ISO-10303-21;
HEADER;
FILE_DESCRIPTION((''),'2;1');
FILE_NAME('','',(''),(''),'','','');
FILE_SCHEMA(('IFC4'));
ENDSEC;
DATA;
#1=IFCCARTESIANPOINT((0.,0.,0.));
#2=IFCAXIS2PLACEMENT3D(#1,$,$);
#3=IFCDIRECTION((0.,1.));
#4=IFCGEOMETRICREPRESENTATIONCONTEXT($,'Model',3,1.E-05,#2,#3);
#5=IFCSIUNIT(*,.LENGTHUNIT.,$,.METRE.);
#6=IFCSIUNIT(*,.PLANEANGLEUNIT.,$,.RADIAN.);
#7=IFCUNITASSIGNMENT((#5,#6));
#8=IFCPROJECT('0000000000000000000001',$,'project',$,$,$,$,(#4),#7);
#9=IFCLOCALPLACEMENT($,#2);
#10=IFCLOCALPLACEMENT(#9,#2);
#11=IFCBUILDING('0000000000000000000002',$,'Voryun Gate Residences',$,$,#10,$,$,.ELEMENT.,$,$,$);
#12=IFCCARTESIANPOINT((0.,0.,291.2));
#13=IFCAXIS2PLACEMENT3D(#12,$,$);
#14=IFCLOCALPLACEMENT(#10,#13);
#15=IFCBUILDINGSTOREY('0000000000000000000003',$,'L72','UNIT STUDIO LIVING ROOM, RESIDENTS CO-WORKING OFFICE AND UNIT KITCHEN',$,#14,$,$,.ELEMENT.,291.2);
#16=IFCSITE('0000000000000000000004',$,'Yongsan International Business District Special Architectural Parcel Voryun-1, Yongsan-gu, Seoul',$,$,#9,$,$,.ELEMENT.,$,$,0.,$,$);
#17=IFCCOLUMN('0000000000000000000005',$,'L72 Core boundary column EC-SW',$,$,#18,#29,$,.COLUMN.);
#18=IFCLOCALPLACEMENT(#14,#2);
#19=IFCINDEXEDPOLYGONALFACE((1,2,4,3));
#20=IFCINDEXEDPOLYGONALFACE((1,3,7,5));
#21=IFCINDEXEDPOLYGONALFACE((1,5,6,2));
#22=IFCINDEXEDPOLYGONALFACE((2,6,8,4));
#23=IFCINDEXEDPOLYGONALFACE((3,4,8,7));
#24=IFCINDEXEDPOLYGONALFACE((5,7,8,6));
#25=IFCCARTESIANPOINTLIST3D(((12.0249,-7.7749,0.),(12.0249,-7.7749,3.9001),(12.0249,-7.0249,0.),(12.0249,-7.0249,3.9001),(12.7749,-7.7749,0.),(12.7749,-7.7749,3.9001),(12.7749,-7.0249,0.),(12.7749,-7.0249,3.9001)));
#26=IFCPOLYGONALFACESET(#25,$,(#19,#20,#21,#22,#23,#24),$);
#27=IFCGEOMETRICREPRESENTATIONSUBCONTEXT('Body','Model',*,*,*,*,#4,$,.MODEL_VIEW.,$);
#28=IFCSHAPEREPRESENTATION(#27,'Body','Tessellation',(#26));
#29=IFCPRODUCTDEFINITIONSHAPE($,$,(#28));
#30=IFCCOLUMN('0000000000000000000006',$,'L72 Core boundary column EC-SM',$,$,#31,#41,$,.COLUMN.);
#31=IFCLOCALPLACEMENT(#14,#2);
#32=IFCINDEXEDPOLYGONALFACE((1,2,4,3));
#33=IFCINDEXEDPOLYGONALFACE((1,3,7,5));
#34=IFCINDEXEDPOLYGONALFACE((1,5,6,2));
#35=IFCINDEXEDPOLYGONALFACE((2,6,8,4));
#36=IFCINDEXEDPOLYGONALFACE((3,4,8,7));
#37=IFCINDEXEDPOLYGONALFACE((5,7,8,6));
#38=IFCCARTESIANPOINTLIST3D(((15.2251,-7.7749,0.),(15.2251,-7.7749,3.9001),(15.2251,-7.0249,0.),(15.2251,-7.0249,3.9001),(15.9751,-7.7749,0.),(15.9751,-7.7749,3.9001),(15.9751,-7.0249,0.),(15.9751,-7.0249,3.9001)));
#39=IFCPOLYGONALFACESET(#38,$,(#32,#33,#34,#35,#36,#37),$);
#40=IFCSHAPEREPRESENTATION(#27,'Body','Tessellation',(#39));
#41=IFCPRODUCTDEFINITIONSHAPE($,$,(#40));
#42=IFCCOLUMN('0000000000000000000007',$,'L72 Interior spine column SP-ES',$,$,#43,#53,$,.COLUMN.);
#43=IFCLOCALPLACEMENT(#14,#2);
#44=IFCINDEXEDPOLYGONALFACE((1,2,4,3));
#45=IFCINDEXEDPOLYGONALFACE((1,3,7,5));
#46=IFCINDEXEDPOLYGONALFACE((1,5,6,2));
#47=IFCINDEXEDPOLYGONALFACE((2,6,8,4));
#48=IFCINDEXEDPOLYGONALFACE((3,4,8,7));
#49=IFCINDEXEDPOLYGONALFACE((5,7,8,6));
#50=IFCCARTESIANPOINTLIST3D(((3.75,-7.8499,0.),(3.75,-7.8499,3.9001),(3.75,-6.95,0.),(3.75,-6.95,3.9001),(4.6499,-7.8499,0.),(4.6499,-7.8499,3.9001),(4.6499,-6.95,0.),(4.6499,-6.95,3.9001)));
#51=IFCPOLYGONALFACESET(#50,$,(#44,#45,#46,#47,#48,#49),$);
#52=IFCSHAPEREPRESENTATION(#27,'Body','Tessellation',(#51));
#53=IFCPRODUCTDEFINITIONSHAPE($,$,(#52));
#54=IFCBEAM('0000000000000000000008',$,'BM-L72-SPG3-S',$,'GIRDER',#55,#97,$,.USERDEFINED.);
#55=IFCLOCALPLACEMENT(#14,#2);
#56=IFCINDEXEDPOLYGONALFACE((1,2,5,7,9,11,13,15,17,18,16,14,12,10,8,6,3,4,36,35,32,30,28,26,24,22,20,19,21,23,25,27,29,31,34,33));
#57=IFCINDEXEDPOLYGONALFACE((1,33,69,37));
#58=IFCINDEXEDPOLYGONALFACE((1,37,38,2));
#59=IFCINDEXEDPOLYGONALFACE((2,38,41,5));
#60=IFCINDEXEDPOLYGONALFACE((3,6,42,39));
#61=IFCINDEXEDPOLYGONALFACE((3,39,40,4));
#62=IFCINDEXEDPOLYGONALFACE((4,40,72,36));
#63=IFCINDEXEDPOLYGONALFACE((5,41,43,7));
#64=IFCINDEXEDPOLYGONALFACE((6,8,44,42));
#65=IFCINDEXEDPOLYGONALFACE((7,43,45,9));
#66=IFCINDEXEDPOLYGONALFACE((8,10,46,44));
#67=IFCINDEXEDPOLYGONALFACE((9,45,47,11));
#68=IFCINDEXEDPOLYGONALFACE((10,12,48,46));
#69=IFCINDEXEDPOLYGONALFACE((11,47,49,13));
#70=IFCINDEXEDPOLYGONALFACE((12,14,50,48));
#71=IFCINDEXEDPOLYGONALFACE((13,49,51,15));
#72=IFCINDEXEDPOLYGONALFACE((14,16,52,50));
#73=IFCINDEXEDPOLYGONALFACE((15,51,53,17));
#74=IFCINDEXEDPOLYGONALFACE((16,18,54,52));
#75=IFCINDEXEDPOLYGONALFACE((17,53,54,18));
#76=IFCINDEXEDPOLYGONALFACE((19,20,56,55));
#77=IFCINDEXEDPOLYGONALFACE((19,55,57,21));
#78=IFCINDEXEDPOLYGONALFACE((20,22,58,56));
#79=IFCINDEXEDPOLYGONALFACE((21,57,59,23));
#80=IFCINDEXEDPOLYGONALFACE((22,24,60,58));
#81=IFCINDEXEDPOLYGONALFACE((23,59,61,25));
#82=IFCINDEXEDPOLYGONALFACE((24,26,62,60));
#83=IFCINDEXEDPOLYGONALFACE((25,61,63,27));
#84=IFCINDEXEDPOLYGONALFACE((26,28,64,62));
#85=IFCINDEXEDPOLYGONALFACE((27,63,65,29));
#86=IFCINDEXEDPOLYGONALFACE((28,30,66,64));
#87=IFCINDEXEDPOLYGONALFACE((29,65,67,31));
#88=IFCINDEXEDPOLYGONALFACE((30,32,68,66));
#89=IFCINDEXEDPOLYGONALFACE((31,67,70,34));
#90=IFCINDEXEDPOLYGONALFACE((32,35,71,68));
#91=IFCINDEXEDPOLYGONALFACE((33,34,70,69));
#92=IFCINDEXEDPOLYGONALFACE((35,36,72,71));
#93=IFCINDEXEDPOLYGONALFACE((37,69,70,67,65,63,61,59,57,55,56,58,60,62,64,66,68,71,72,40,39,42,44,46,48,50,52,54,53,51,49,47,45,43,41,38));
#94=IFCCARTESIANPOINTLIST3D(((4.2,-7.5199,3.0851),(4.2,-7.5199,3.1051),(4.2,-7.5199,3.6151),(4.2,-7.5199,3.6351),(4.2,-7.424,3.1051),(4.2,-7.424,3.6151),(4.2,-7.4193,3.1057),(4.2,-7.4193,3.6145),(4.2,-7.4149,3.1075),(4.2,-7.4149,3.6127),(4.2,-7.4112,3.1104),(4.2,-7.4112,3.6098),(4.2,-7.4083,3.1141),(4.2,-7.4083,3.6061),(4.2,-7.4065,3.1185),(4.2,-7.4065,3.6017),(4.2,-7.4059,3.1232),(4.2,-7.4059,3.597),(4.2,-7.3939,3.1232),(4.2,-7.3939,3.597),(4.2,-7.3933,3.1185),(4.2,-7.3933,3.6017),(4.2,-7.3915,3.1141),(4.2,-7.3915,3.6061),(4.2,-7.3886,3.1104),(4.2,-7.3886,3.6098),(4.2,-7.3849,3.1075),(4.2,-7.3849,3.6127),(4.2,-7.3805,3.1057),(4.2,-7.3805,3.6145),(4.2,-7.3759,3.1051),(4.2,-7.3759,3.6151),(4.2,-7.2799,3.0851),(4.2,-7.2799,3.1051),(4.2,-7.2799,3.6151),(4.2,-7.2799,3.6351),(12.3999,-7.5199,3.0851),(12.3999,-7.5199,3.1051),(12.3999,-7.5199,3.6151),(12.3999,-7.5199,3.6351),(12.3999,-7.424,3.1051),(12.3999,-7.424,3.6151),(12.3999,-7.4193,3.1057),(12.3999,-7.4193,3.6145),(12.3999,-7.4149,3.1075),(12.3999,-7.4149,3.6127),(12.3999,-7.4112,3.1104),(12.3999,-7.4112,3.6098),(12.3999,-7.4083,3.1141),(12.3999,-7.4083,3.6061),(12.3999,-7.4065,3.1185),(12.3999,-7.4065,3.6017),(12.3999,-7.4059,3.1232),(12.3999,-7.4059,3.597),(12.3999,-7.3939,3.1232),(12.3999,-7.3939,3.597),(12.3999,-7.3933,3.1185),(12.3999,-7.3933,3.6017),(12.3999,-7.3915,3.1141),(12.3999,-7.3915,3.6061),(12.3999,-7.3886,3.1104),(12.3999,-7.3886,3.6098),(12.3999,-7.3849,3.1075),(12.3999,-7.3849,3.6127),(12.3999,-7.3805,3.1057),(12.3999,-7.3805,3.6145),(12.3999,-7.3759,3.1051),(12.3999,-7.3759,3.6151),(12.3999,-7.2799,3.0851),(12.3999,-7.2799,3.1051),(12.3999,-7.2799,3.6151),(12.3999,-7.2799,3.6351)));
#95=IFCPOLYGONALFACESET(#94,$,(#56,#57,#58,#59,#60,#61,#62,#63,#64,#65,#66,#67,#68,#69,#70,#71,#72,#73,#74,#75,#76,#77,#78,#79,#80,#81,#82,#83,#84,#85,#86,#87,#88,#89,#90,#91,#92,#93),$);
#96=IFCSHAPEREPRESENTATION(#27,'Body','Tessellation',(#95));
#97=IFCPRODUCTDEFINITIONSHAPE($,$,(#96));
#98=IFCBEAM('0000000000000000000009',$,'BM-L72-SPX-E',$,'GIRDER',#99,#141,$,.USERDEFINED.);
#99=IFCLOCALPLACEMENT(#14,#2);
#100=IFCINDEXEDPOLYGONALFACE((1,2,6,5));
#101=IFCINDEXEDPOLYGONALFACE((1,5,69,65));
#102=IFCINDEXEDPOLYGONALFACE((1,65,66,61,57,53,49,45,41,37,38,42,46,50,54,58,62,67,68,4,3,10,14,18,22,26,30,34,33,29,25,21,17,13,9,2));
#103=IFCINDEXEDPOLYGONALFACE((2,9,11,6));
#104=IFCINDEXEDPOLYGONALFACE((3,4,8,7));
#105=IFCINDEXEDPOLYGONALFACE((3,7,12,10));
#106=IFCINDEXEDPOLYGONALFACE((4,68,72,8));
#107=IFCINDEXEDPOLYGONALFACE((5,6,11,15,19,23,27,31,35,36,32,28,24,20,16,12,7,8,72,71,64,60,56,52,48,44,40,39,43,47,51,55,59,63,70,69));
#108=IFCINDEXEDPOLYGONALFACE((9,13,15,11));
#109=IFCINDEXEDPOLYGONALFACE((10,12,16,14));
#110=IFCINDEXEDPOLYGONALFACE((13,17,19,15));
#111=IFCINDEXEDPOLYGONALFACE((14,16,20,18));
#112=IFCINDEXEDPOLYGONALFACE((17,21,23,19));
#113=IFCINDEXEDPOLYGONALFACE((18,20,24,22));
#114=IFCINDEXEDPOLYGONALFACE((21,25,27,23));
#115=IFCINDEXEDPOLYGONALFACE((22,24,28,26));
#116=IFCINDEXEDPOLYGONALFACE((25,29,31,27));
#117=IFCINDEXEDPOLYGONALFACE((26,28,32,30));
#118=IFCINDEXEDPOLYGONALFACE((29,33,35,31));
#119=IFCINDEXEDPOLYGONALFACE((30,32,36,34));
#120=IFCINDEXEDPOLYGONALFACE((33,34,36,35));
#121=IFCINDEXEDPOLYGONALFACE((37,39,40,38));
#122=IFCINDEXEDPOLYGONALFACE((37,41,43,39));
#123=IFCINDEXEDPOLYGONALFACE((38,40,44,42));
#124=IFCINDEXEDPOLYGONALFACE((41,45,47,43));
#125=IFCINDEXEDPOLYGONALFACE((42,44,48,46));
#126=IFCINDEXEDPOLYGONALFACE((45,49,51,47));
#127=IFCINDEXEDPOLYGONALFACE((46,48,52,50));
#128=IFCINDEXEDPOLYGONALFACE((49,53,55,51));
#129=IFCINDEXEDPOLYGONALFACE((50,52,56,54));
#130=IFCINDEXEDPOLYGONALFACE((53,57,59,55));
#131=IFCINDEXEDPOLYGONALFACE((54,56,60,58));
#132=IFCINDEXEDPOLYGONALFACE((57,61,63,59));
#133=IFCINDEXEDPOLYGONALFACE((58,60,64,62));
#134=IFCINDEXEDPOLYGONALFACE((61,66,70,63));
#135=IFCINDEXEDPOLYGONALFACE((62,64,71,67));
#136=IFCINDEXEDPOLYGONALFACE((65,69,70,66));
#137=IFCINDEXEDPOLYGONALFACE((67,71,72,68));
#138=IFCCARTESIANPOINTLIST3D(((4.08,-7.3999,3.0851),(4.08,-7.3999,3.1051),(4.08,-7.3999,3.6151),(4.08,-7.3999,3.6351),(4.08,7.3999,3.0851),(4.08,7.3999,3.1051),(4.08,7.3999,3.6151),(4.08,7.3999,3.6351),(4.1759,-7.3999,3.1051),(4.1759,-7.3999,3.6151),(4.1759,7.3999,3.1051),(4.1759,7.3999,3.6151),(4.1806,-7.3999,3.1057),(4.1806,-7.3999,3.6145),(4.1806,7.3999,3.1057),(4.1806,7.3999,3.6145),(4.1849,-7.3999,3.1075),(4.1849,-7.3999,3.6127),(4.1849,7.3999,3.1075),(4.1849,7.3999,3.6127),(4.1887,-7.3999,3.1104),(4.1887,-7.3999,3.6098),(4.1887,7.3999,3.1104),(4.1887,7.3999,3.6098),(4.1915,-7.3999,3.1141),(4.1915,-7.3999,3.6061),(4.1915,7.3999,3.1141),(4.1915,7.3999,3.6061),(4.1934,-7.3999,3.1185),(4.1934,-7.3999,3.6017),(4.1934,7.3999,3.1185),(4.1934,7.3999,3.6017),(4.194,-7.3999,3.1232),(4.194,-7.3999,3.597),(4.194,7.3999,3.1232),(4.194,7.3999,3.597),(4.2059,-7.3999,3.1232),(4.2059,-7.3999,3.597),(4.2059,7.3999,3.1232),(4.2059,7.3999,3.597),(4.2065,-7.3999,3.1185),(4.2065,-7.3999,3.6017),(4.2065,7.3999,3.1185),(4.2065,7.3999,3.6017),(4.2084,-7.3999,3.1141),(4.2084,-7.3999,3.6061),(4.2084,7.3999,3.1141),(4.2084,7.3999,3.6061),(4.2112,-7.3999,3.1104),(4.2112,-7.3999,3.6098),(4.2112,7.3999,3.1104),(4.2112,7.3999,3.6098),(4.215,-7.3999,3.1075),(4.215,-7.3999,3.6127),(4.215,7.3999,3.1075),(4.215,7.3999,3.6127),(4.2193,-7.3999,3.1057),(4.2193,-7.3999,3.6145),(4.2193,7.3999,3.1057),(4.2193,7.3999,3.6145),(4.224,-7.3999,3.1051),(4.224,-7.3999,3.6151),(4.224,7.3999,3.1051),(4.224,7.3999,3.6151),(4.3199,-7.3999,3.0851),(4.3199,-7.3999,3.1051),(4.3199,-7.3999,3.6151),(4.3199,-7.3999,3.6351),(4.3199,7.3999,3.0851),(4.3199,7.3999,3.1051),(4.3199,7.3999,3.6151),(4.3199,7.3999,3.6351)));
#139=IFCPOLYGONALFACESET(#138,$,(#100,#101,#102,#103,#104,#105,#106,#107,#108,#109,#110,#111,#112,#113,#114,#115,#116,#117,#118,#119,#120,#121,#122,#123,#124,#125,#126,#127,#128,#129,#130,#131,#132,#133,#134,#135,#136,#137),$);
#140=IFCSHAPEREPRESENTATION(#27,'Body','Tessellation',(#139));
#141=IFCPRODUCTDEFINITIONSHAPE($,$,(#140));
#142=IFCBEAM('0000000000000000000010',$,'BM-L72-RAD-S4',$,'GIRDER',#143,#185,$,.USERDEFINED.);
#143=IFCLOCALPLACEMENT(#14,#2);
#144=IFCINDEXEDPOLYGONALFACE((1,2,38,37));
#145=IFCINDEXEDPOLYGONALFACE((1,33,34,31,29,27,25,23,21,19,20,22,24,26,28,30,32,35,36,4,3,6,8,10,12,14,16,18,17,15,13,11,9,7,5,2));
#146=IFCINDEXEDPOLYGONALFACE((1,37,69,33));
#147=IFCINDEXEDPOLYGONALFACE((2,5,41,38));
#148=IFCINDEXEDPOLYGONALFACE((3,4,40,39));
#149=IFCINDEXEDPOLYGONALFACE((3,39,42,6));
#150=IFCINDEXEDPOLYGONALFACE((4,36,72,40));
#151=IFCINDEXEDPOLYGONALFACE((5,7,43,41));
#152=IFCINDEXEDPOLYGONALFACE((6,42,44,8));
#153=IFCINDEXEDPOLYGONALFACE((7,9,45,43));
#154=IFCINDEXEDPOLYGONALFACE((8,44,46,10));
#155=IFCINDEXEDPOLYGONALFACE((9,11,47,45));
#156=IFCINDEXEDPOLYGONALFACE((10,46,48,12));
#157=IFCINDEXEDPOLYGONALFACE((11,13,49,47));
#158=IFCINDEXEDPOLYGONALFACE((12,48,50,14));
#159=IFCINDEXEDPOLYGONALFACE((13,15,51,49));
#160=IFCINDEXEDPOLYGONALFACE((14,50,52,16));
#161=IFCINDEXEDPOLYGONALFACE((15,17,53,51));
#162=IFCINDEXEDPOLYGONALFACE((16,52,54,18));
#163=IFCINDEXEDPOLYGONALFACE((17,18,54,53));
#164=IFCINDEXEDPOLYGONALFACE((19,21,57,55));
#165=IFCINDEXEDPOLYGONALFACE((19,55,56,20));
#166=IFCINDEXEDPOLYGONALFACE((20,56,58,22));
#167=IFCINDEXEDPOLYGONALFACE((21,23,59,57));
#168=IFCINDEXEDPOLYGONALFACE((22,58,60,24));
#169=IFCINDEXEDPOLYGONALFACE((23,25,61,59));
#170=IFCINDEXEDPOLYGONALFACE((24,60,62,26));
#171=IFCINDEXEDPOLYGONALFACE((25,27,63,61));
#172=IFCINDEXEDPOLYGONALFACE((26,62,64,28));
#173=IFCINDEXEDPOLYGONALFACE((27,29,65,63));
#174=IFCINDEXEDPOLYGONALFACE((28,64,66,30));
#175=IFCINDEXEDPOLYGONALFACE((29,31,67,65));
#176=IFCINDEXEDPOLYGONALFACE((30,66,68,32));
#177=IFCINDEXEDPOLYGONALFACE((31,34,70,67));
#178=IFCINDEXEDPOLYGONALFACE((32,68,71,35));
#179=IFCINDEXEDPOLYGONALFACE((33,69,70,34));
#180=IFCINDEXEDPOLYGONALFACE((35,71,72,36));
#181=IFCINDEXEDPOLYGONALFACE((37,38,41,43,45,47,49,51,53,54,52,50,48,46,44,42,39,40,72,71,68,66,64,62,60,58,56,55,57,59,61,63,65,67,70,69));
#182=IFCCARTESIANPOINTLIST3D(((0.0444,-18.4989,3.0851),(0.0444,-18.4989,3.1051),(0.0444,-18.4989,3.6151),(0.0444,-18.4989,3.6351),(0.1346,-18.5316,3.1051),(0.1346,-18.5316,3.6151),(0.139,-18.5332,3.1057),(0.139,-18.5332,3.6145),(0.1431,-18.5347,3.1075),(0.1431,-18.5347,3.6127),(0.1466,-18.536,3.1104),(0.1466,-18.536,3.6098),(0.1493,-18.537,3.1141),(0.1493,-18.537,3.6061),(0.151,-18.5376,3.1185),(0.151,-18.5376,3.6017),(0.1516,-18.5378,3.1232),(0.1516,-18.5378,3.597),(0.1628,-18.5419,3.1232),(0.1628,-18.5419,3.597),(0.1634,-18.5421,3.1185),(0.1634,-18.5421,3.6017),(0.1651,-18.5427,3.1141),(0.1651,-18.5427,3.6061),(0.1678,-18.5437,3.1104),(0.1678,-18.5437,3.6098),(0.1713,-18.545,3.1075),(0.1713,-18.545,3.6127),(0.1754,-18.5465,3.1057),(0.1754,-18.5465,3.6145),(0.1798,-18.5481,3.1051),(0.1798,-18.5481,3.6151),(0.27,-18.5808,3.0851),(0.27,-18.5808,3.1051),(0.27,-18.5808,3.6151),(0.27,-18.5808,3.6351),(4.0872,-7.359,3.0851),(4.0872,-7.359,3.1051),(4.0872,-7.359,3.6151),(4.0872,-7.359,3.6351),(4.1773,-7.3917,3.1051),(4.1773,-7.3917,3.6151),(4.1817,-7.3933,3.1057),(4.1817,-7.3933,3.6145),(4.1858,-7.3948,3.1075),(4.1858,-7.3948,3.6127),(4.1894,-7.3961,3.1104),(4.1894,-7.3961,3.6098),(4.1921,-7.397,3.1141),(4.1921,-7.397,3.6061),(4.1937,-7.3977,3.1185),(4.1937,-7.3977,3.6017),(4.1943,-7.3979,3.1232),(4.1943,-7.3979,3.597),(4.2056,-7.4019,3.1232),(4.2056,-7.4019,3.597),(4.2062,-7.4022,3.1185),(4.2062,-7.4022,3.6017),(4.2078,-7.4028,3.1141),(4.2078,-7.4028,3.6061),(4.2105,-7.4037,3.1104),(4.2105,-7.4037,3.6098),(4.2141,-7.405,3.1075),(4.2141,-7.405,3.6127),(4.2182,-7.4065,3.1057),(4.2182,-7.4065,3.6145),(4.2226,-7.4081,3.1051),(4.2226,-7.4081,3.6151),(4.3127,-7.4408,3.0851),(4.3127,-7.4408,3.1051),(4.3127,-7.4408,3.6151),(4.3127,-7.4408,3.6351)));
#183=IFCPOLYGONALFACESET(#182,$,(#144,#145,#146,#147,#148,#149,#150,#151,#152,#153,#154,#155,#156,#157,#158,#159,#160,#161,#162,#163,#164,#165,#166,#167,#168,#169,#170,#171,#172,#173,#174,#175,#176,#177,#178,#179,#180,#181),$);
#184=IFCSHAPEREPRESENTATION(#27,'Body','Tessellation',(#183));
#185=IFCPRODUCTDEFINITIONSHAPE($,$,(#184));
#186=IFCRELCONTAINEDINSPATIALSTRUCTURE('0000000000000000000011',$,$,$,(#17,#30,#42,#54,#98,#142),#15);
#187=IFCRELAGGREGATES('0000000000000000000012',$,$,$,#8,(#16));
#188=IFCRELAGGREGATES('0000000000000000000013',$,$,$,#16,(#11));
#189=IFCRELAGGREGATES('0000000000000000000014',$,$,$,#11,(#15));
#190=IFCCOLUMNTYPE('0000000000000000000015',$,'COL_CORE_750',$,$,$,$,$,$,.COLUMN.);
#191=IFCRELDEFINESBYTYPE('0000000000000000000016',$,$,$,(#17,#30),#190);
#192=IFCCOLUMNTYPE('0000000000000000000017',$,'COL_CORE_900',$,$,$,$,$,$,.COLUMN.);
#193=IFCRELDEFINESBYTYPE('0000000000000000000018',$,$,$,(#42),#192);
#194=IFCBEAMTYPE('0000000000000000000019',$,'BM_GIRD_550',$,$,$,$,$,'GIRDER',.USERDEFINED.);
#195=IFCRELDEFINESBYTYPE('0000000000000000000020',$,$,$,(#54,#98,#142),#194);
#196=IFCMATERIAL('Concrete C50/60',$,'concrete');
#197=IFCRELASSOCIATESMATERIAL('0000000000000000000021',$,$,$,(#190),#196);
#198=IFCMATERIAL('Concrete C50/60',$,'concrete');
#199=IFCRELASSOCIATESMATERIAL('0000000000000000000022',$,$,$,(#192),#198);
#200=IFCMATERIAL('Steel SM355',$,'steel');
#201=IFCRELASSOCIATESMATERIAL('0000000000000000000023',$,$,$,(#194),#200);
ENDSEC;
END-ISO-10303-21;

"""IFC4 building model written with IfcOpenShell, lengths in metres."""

from ifc_helpers import new_model, si_unit, direction, frame, origin, origin_2d, place, context, subcontext, project, spatial, rectangle, i_section, extrude, material, material_profile, profile_set, type_object, element, save


model = new_model("IFC4")

# Units and contexts
model_context = context("Model", 3, precision=1e-05, world=origin(), true_north=direction((0.0, 1.0)))
body_context = subcontext(model_context, "Body", "Model", "MODEL_VIEW")
ifc_project = project(units=[si_unit("LENGTHUNIT", "METRE"), si_unit("PLANEANGLEUNIT", "RADIAN")], contexts=[model_context])

# Site, building, storey
site_placement = place(None, origin())
site = spatial("IfcSite", under=ifc_project, at=site_placement, Name="Yongsan International Business District Special Architectural Parcel Voryun-1, Yongsan-gu, Seoul", CompositionType="ELEMENT", RefElevation=0.0)
building_placement = place(site_placement, origin())
building = spatial("IfcBuilding", under=site, at=building_placement, Name="Voryun Gate Residences", CompositionType="ELEMENT")
storey_placement = place(building_placement, frame((0.0, 0.0, 291.2)))
storey = spatial("IfcBuildingStorey", under=building, at=storey_placement, Name="L72", Description="UNIT STUDIO LIVING ROOM, RESIDENTS CO-WORKING OFFICE AND UNIT KITCHEN", CompositionType="ELEMENT", Elevation=291.2)

# Columns
ifc_material_1 = material(Name="Concrete C50/60", Category="concrete")
ifc_material_profile_1 = material_profile(ifc_material_1, rectangle(XDim=0.75, YDim=0.75, at=origin_2d()), Name="RC-750x750")
ifc_profile_set_1 = profile_set([ifc_material_profile_1], Name="Concrete C50/60")
column_type_1 = type_object("IfcColumnType", Name="COL_CORE_750", PredefinedType="COLUMN", material=ifc_profile_set_1)
for number, where, z_axis, x_axis, name in (
    (1, (12.3999, -7.3999, 0.0), (0.0, 0.0, 1.0), (1.0, 0.0, 0.0), "L72 Core boundary column EC-SW"),
    (2, (15.6001, -7.3999, 0.0), (0.0, 0.0, 1.0), (1.0, 0.0, 0.0), "L72 Core boundary column EC-SM"),
):
    element("IfcColumn", number, at=place(storey_placement, frame(where, z_axis=z_axis, x_axis=x_axis)), inside=storey, type_object=column_type_1, Name=name, PredefinedType="COLUMN", context=body_context, shape_type="SweptSolid", body=[
        extrude(rectangle(XDim=0.75, YDim=0.75, at=origin_2d()), origin(), (0.0, 0.0, 1.0), 3.9001),
    ])
ifc_material_2 = material(Name="Concrete C50/60", Category="concrete")
ifc_material_profile_2 = material_profile(ifc_material_2, rectangle(XDim=0.8999, YDim=0.8999, at=origin_2d()), Name="RC-900x900")
ifc_profile_set_2 = profile_set([ifc_material_profile_2], Name="Concrete C50/60")
column_type_2 = type_object("IfcColumnType", Name="COL_CORE_900", PredefinedType="COLUMN", material=ifc_profile_set_2)
column_placement = place(storey_placement, frame((4.2, -7.3999, 0.0), z_axis=(0.0, 0.0, 1.0), x_axis=(1.0, 0.0, 0.0)))
element("IfcColumn", 3, at=column_placement, inside=storey, type_object=column_type_2, Name="L72 Interior spine column SP-ES", PredefinedType="COLUMN", context=body_context, shape_type="SweptSolid", body=[
    extrude(rectangle(XDim=0.8999, YDim=0.8999, at=origin_2d()), origin(), (0.0, 0.0, 1.0), 3.9001),
])

# Beams
ifc_material_3 = material(Name="Steel SM355", Category="steel")
ifc_material_profile_3 = material_profile(ifc_material_3, i_section(OverallWidth=0.24, OverallDepth=0.55, WebThickness=0.012, FlangeThickness=0.02, FilletRadius=0.0181, at=origin_2d()), Name="H-550x240x12x20")
ifc_profile_set_3 = profile_set([ifc_material_profile_3], Name="Steel SM355")
beam_type_1 = type_object("IfcBeamType", Name="BM_GIRD_550", ElementType="GIRDER", PredefinedType="USERDEFINED", material=ifc_profile_set_3)
beam_1_placement = place(storey_placement, frame((4.2, -7.3999, 3.3601), z_axis=(1.0, 0.0, 0.0), x_axis=(0.0, 1.0, 0.0)))
element("IfcBeam", 4, at=beam_1_placement, inside=storey, type_object=beam_type_1, Name="BM-L72-SPG3-S", ObjectType="GIRDER", PredefinedType="USERDEFINED", context=body_context, shape_type="SweptSolid", body=[
    extrude(i_section(OverallWidth=0.24, OverallDepth=0.55, WebThickness=0.012, FlangeThickness=0.02, FilletRadius=0.0181, at=origin_2d()), origin(), (0.0, 0.0, 1.0), 8.2),
])
beam_2_placement = place(storey_placement, frame((4.2, -7.3999, 3.3601), z_axis=(0.0, 1.0, 0.0), x_axis=(-1.0, 0.0, 0.0)))
element("IfcBeam", 5, at=beam_2_placement, inside=storey, type_object=beam_type_1, Name="BM-L72-SPX-E", ObjectType="GIRDER", PredefinedType="USERDEFINED", context=body_context, shape_type="SweptSolid", body=[
    extrude(i_section(OverallWidth=0.24, OverallDepth=0.55, WebThickness=0.012, FlangeThickness=0.02, FilletRadius=0.0181, at=origin_2d()), origin(), (0.0, 0.0, 1.0), 14.7998),
])
beam_3_placement = place(storey_placement, frame((4.2, -7.3999, 3.3601), z_axis=(-0.341136, -0.940014, 0.0), x_axis=(0.940014, -0.341136, 0.0)))
element("IfcBeam", 6, at=beam_3_placement, inside=storey, type_object=beam_type_1, Name="BM-L72-RAD-S4", ObjectType="GIRDER", PredefinedType="USERDEFINED", context=body_context, shape_type="SweptSolid", body=[
    extrude(i_section(OverallWidth=0.24, OverallDepth=0.55, WebThickness=0.012, FlangeThickness=0.02, FilletRadius=0.0181, at=origin_2d()), origin(), (0.0, 0.0, 1.0), 11.8508),
])

save(model, "model.ifc")
